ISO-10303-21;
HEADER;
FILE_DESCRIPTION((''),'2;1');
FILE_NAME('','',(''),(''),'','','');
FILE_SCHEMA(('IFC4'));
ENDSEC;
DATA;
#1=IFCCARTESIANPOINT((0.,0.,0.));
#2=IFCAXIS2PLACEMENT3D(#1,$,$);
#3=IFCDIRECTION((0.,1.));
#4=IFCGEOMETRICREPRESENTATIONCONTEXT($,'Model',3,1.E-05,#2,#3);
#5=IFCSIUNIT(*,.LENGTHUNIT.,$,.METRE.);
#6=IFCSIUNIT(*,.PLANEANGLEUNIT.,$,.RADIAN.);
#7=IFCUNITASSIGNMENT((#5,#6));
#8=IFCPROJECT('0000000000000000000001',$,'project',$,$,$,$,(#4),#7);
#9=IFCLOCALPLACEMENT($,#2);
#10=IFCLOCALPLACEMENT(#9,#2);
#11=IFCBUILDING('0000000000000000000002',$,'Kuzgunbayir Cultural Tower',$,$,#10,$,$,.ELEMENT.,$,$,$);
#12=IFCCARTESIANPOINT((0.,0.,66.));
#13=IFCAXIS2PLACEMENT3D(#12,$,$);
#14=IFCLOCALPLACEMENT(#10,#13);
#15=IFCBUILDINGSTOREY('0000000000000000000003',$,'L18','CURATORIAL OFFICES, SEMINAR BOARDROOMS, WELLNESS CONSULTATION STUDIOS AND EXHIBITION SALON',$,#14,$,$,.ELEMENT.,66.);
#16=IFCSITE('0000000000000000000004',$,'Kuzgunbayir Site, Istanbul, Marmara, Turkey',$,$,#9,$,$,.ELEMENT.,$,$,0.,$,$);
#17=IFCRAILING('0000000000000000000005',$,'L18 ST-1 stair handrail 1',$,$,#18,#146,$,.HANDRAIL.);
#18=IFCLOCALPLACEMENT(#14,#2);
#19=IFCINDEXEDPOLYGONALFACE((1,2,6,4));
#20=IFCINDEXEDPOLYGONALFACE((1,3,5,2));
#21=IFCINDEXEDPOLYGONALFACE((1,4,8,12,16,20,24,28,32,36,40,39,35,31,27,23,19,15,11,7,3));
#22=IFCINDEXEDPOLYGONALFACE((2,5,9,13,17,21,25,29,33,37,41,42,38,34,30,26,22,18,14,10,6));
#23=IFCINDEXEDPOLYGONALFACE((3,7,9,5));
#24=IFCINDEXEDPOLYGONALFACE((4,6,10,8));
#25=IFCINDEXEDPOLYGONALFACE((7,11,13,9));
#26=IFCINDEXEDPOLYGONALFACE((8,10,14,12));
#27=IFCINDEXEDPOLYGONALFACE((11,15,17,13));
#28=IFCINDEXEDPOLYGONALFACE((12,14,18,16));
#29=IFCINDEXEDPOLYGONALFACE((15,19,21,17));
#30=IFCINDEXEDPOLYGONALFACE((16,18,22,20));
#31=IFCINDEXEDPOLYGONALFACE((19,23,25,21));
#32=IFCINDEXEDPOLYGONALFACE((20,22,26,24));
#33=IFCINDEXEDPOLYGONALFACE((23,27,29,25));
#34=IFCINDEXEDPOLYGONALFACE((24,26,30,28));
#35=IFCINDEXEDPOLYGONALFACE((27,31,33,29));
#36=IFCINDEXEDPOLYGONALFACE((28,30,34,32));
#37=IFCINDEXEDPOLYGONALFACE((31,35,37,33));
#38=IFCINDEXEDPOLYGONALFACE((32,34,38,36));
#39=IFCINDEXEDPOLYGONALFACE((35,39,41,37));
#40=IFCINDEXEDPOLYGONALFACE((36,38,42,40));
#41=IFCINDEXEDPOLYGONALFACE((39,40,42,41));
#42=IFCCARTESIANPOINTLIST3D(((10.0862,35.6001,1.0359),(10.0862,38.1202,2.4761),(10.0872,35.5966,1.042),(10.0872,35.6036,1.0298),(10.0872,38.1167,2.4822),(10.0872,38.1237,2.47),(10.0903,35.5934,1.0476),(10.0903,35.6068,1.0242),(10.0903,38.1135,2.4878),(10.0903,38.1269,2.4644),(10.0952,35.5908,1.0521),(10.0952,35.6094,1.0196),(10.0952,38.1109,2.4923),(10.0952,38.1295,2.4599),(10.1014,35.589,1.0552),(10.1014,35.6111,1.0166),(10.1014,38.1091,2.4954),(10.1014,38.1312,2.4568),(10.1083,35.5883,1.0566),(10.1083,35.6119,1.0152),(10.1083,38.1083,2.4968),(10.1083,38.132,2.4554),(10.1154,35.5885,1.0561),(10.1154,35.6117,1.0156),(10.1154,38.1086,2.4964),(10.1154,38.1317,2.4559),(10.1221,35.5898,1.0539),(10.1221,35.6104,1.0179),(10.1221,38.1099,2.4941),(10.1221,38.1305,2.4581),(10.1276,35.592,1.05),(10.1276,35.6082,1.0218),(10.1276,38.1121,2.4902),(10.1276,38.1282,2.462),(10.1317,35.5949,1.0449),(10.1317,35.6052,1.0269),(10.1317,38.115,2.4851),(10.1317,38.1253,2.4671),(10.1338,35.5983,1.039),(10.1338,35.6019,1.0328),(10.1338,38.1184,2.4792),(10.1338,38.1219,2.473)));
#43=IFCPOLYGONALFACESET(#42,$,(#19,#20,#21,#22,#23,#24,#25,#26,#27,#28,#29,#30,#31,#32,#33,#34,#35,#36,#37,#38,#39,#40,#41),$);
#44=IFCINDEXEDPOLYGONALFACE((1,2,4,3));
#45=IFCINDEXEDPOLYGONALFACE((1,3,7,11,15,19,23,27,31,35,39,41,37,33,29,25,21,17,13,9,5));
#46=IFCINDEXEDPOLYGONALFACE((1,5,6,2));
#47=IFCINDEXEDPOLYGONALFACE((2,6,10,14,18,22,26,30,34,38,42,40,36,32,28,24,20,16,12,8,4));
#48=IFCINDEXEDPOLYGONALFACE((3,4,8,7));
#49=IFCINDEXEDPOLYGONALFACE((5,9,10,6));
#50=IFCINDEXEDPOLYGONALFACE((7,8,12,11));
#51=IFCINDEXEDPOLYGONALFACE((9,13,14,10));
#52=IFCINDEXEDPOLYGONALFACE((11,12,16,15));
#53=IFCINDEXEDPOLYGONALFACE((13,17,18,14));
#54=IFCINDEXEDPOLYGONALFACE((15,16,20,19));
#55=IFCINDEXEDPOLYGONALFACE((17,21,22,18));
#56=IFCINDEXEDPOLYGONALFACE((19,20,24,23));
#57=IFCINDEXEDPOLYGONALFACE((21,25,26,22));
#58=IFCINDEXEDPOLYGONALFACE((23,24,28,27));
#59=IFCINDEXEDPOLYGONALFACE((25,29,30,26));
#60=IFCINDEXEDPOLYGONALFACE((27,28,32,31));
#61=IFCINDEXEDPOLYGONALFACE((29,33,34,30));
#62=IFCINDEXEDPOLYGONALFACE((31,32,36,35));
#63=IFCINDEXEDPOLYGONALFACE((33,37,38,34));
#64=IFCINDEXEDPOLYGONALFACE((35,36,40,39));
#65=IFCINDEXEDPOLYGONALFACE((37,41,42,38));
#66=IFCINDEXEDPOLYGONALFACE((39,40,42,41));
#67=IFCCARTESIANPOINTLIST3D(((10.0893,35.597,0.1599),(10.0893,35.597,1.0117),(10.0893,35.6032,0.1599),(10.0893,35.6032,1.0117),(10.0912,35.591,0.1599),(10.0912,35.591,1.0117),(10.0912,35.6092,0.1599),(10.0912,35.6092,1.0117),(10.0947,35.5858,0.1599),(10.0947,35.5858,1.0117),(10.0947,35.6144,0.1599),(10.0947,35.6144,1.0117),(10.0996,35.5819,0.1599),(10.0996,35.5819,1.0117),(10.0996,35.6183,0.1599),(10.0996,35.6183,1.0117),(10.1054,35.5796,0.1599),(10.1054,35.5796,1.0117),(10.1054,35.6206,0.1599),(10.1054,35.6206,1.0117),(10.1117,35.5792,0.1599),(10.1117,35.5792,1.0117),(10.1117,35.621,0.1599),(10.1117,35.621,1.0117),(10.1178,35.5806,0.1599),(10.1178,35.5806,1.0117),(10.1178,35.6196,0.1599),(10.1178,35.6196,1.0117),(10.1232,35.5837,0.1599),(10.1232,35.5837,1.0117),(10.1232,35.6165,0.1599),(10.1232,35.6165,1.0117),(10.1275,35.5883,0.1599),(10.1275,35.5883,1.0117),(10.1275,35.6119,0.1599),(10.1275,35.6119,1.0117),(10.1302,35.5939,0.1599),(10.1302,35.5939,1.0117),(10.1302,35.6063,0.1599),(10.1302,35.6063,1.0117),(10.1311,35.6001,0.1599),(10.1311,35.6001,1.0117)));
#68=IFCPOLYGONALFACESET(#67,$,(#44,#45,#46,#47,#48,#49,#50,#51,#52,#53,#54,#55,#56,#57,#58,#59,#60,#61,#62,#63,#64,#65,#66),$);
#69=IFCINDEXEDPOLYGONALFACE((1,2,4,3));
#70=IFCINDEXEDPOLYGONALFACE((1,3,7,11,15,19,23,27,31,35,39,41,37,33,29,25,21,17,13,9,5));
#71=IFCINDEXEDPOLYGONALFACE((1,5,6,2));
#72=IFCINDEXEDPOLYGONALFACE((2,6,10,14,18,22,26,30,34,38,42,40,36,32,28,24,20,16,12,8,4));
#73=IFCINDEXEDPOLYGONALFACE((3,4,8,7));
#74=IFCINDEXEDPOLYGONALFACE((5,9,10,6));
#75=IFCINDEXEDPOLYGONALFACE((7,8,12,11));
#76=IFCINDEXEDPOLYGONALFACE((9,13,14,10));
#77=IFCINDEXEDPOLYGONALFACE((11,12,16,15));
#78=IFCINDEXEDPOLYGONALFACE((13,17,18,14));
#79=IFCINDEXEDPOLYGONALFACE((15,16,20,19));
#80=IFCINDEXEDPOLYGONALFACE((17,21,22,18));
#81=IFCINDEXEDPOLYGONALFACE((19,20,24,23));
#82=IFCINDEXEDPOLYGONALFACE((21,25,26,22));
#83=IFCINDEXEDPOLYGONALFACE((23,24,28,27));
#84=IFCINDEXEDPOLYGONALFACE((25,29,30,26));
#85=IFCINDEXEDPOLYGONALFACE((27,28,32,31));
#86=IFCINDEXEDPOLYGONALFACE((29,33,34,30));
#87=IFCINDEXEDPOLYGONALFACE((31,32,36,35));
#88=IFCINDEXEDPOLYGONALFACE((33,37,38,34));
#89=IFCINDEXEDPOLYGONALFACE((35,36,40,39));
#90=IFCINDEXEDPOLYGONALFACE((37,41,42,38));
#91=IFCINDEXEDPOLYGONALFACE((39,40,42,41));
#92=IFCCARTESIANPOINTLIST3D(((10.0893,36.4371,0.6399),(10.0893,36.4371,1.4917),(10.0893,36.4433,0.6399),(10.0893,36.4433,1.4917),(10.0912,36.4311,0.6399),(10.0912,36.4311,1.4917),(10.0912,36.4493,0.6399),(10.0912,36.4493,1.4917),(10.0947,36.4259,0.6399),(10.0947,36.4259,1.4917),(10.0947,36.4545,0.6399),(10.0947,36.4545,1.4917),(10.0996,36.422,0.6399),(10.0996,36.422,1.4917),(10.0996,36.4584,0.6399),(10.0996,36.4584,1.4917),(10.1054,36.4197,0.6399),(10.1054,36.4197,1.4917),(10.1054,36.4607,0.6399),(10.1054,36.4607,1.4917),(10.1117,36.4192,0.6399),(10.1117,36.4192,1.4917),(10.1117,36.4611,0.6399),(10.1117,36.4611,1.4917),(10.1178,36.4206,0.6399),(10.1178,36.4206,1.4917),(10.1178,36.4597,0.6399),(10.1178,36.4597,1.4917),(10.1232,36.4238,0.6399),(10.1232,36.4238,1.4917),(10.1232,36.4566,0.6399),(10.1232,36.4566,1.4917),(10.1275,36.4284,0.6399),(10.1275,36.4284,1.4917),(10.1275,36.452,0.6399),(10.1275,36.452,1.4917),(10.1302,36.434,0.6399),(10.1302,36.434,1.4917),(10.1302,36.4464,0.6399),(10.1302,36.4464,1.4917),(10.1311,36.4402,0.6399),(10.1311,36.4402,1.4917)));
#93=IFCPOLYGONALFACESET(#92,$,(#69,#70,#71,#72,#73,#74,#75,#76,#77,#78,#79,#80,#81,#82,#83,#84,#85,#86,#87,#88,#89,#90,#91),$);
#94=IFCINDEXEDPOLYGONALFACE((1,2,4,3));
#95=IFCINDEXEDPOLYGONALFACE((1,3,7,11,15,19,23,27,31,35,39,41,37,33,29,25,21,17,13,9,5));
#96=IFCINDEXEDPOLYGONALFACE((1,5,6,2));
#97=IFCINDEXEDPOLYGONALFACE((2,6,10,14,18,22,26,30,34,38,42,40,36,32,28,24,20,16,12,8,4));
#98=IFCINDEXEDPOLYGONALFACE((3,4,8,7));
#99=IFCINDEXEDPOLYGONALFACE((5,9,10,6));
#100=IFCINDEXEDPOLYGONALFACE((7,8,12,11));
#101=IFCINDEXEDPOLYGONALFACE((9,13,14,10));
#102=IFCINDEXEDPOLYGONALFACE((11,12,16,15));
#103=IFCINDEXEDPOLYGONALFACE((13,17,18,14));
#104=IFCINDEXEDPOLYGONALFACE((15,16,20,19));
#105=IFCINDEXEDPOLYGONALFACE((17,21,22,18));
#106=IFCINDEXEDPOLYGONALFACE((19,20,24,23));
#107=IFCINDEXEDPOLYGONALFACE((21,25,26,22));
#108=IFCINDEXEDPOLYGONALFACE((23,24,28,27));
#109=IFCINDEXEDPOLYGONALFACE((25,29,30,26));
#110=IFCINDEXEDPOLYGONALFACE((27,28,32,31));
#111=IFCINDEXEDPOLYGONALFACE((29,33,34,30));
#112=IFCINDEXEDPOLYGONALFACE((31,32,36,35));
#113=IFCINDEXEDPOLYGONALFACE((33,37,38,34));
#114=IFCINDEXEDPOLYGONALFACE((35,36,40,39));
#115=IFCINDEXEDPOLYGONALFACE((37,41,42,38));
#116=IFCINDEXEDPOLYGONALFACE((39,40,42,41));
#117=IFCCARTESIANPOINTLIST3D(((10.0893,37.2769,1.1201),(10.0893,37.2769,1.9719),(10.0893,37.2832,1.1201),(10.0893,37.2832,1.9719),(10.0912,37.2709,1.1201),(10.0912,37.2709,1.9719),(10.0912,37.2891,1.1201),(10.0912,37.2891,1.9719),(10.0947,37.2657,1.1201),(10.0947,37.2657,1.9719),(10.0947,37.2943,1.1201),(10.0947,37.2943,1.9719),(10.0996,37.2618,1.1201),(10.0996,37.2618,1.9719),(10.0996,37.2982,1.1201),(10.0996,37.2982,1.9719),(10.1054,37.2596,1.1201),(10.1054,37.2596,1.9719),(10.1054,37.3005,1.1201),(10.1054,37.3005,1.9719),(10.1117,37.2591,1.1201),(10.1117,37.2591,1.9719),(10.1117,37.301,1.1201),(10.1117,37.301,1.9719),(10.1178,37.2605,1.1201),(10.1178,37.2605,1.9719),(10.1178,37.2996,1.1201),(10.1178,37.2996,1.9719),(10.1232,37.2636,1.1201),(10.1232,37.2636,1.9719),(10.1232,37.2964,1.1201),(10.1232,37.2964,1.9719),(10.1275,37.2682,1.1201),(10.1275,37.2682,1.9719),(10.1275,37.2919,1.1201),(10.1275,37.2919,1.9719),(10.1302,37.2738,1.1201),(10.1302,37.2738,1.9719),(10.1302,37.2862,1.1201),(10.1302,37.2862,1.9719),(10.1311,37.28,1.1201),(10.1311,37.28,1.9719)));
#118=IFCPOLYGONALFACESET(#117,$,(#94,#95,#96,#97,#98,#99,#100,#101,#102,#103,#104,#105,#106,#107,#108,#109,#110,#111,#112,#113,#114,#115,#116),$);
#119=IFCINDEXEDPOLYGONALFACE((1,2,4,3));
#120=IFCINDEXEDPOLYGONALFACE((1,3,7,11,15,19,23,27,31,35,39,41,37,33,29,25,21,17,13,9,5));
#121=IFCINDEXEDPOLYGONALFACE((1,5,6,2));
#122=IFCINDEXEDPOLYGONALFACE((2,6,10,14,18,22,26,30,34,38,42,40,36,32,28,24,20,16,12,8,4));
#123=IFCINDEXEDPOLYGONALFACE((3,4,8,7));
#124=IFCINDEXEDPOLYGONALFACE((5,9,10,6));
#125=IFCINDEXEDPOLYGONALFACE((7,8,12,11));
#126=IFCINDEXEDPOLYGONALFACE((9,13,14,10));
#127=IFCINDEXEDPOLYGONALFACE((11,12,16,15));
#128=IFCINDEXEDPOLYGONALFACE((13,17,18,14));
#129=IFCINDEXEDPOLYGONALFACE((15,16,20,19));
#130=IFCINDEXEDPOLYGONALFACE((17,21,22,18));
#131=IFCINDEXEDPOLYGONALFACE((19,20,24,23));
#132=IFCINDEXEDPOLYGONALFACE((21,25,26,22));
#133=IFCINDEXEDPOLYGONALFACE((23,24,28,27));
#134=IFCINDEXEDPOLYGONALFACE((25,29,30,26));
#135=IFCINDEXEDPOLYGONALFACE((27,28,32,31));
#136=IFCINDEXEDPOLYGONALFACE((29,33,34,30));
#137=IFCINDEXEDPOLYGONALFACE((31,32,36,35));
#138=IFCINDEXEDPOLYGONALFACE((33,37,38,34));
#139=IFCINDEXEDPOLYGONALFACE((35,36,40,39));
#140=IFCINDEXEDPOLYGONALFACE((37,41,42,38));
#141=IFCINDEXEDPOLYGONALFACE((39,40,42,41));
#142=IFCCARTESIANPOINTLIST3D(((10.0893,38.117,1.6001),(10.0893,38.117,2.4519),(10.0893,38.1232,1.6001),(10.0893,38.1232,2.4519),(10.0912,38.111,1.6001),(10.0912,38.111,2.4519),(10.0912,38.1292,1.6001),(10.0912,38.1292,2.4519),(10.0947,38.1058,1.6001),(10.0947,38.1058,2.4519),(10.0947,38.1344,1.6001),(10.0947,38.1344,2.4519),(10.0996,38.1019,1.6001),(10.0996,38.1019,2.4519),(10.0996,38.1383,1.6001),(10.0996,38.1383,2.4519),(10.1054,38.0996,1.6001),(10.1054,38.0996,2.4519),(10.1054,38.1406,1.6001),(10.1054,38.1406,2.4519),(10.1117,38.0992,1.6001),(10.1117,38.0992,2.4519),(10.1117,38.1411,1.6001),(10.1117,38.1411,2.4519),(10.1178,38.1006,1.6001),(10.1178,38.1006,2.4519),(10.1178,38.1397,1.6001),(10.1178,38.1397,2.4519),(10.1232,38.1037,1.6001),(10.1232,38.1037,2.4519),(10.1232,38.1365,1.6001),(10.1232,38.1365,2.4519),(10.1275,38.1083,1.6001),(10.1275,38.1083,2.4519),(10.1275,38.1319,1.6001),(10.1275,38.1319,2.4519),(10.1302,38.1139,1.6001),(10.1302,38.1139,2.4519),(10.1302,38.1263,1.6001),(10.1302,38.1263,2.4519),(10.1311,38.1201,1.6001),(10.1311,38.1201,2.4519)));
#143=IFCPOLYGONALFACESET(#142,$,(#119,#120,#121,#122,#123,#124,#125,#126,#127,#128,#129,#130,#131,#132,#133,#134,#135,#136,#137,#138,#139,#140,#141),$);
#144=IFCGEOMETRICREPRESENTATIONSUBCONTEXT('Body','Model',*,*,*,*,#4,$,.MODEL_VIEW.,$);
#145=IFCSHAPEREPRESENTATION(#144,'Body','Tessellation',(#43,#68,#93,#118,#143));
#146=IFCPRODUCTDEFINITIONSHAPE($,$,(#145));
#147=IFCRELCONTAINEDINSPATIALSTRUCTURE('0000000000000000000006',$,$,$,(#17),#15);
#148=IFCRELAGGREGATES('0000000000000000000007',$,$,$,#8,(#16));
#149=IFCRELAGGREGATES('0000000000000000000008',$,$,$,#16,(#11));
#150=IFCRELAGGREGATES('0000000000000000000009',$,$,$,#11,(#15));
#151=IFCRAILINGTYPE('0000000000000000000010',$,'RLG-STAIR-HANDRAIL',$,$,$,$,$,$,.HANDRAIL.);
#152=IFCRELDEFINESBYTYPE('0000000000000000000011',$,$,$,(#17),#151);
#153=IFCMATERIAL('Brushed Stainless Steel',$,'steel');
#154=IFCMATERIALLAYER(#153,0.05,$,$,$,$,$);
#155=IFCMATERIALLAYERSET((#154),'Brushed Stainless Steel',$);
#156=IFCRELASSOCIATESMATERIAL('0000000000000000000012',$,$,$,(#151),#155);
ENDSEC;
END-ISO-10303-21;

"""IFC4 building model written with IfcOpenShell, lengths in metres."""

from ifc_helpers import new_model, si_unit, direction, frame, origin, origin_2d, place, context, subcontext, project, spatial, circle, extrude, material, layer, layer_set, type_object, element, save


model = new_model("IFC4")

# Units and contexts
model_context = context("Model", 3, precision=1e-05, world=origin(), true_north=direction((0.0, 1.0)))
body_context = subcontext(model_context, "Body", "Model", "MODEL_VIEW")
ifc_project = project(units=[si_unit("LENGTHUNIT", "METRE"), si_unit("PLANEANGLEUNIT", "RADIAN")], contexts=[model_context])

# Site, building, storey
site_placement = place(None, origin())
site = spatial("IfcSite", under=ifc_project, at=site_placement, Name="Kuzgunbayir Site, Istanbul, Marmara, Turkey", CompositionType="ELEMENT", RefElevation=0.0)
building_placement = place(site_placement, origin())
building = spatial("IfcBuilding", under=site, at=building_placement, Name="Kuzgunbayir Cultural Tower", CompositionType="ELEMENT")
storey_placement = place(building_placement, frame((0.0, 0.0, 66.0)))
storey = spatial("IfcBuildingStorey", under=building, at=storey_placement, Name="L18", Description="CURATORIAL OFFICES, SEMINAR BOARDROOMS, WELLNESS CONSULTATION STUDIOS AND EXHIBITION SALON", CompositionType="ELEMENT", Elevation=66.0)

# Shared definitions
ifc_material_1 = material(Name="Brushed Stainless Steel", Category="steel")

# Railing
ifc_layer_1 = layer(ifc_material_1, 0.05)
ifc_layer_set_1 = layer_set([ifc_layer_1], Name="Brushed Stainless Steel")
railing_type_1 = type_object("IfcRailingType", Name="RLG-STAIR-HANDRAIL", PredefinedType="HANDRAIL", material=ifc_layer_set_1)
railing_1_placement = place(storey_placement, frame((10.1101, 35.6001, 0.1599)))
element("IfcRailing", 1, at=railing_1_placement, inside=storey, type_object=railing_type_1, Name="L18 ST-1 stair handrail 1", PredefinedType="HANDRAIL", context=body_context, shape_type="SweptSolid", body=[
    extrude(circle(Radius=0.0239, at=origin_2d()), frame((0.0, 0.0, 0.876), z_axis=(0.0, 0.868217, 0.496184), x_axis=(-1.0, 0.0, 0.0)), (0.0, 0.0, 1.0), 2.9026),
    extrude(circle(Radius=0.021, at=origin_2d()), origin(), (0.0, 0.0, 1.0), 0.8518),
    extrude(circle(Radius=0.021, at=origin_2d()), frame((0.0, 0.8401, 0.48)), (0.0, 0.0, 1.0), 0.8518),
    extrude(circle(Radius=0.021, at=origin_2d()), frame((0.0, 1.6799, 0.9602)), (0.0, 0.0, 1.0), 0.8518),
    extrude(circle(Radius=0.021, at=origin_2d()), frame((0.0, 2.52, 1.4402)), (0.0, 0.0, 1.0), 0.8518),
])

save(model, "model.ifc")
